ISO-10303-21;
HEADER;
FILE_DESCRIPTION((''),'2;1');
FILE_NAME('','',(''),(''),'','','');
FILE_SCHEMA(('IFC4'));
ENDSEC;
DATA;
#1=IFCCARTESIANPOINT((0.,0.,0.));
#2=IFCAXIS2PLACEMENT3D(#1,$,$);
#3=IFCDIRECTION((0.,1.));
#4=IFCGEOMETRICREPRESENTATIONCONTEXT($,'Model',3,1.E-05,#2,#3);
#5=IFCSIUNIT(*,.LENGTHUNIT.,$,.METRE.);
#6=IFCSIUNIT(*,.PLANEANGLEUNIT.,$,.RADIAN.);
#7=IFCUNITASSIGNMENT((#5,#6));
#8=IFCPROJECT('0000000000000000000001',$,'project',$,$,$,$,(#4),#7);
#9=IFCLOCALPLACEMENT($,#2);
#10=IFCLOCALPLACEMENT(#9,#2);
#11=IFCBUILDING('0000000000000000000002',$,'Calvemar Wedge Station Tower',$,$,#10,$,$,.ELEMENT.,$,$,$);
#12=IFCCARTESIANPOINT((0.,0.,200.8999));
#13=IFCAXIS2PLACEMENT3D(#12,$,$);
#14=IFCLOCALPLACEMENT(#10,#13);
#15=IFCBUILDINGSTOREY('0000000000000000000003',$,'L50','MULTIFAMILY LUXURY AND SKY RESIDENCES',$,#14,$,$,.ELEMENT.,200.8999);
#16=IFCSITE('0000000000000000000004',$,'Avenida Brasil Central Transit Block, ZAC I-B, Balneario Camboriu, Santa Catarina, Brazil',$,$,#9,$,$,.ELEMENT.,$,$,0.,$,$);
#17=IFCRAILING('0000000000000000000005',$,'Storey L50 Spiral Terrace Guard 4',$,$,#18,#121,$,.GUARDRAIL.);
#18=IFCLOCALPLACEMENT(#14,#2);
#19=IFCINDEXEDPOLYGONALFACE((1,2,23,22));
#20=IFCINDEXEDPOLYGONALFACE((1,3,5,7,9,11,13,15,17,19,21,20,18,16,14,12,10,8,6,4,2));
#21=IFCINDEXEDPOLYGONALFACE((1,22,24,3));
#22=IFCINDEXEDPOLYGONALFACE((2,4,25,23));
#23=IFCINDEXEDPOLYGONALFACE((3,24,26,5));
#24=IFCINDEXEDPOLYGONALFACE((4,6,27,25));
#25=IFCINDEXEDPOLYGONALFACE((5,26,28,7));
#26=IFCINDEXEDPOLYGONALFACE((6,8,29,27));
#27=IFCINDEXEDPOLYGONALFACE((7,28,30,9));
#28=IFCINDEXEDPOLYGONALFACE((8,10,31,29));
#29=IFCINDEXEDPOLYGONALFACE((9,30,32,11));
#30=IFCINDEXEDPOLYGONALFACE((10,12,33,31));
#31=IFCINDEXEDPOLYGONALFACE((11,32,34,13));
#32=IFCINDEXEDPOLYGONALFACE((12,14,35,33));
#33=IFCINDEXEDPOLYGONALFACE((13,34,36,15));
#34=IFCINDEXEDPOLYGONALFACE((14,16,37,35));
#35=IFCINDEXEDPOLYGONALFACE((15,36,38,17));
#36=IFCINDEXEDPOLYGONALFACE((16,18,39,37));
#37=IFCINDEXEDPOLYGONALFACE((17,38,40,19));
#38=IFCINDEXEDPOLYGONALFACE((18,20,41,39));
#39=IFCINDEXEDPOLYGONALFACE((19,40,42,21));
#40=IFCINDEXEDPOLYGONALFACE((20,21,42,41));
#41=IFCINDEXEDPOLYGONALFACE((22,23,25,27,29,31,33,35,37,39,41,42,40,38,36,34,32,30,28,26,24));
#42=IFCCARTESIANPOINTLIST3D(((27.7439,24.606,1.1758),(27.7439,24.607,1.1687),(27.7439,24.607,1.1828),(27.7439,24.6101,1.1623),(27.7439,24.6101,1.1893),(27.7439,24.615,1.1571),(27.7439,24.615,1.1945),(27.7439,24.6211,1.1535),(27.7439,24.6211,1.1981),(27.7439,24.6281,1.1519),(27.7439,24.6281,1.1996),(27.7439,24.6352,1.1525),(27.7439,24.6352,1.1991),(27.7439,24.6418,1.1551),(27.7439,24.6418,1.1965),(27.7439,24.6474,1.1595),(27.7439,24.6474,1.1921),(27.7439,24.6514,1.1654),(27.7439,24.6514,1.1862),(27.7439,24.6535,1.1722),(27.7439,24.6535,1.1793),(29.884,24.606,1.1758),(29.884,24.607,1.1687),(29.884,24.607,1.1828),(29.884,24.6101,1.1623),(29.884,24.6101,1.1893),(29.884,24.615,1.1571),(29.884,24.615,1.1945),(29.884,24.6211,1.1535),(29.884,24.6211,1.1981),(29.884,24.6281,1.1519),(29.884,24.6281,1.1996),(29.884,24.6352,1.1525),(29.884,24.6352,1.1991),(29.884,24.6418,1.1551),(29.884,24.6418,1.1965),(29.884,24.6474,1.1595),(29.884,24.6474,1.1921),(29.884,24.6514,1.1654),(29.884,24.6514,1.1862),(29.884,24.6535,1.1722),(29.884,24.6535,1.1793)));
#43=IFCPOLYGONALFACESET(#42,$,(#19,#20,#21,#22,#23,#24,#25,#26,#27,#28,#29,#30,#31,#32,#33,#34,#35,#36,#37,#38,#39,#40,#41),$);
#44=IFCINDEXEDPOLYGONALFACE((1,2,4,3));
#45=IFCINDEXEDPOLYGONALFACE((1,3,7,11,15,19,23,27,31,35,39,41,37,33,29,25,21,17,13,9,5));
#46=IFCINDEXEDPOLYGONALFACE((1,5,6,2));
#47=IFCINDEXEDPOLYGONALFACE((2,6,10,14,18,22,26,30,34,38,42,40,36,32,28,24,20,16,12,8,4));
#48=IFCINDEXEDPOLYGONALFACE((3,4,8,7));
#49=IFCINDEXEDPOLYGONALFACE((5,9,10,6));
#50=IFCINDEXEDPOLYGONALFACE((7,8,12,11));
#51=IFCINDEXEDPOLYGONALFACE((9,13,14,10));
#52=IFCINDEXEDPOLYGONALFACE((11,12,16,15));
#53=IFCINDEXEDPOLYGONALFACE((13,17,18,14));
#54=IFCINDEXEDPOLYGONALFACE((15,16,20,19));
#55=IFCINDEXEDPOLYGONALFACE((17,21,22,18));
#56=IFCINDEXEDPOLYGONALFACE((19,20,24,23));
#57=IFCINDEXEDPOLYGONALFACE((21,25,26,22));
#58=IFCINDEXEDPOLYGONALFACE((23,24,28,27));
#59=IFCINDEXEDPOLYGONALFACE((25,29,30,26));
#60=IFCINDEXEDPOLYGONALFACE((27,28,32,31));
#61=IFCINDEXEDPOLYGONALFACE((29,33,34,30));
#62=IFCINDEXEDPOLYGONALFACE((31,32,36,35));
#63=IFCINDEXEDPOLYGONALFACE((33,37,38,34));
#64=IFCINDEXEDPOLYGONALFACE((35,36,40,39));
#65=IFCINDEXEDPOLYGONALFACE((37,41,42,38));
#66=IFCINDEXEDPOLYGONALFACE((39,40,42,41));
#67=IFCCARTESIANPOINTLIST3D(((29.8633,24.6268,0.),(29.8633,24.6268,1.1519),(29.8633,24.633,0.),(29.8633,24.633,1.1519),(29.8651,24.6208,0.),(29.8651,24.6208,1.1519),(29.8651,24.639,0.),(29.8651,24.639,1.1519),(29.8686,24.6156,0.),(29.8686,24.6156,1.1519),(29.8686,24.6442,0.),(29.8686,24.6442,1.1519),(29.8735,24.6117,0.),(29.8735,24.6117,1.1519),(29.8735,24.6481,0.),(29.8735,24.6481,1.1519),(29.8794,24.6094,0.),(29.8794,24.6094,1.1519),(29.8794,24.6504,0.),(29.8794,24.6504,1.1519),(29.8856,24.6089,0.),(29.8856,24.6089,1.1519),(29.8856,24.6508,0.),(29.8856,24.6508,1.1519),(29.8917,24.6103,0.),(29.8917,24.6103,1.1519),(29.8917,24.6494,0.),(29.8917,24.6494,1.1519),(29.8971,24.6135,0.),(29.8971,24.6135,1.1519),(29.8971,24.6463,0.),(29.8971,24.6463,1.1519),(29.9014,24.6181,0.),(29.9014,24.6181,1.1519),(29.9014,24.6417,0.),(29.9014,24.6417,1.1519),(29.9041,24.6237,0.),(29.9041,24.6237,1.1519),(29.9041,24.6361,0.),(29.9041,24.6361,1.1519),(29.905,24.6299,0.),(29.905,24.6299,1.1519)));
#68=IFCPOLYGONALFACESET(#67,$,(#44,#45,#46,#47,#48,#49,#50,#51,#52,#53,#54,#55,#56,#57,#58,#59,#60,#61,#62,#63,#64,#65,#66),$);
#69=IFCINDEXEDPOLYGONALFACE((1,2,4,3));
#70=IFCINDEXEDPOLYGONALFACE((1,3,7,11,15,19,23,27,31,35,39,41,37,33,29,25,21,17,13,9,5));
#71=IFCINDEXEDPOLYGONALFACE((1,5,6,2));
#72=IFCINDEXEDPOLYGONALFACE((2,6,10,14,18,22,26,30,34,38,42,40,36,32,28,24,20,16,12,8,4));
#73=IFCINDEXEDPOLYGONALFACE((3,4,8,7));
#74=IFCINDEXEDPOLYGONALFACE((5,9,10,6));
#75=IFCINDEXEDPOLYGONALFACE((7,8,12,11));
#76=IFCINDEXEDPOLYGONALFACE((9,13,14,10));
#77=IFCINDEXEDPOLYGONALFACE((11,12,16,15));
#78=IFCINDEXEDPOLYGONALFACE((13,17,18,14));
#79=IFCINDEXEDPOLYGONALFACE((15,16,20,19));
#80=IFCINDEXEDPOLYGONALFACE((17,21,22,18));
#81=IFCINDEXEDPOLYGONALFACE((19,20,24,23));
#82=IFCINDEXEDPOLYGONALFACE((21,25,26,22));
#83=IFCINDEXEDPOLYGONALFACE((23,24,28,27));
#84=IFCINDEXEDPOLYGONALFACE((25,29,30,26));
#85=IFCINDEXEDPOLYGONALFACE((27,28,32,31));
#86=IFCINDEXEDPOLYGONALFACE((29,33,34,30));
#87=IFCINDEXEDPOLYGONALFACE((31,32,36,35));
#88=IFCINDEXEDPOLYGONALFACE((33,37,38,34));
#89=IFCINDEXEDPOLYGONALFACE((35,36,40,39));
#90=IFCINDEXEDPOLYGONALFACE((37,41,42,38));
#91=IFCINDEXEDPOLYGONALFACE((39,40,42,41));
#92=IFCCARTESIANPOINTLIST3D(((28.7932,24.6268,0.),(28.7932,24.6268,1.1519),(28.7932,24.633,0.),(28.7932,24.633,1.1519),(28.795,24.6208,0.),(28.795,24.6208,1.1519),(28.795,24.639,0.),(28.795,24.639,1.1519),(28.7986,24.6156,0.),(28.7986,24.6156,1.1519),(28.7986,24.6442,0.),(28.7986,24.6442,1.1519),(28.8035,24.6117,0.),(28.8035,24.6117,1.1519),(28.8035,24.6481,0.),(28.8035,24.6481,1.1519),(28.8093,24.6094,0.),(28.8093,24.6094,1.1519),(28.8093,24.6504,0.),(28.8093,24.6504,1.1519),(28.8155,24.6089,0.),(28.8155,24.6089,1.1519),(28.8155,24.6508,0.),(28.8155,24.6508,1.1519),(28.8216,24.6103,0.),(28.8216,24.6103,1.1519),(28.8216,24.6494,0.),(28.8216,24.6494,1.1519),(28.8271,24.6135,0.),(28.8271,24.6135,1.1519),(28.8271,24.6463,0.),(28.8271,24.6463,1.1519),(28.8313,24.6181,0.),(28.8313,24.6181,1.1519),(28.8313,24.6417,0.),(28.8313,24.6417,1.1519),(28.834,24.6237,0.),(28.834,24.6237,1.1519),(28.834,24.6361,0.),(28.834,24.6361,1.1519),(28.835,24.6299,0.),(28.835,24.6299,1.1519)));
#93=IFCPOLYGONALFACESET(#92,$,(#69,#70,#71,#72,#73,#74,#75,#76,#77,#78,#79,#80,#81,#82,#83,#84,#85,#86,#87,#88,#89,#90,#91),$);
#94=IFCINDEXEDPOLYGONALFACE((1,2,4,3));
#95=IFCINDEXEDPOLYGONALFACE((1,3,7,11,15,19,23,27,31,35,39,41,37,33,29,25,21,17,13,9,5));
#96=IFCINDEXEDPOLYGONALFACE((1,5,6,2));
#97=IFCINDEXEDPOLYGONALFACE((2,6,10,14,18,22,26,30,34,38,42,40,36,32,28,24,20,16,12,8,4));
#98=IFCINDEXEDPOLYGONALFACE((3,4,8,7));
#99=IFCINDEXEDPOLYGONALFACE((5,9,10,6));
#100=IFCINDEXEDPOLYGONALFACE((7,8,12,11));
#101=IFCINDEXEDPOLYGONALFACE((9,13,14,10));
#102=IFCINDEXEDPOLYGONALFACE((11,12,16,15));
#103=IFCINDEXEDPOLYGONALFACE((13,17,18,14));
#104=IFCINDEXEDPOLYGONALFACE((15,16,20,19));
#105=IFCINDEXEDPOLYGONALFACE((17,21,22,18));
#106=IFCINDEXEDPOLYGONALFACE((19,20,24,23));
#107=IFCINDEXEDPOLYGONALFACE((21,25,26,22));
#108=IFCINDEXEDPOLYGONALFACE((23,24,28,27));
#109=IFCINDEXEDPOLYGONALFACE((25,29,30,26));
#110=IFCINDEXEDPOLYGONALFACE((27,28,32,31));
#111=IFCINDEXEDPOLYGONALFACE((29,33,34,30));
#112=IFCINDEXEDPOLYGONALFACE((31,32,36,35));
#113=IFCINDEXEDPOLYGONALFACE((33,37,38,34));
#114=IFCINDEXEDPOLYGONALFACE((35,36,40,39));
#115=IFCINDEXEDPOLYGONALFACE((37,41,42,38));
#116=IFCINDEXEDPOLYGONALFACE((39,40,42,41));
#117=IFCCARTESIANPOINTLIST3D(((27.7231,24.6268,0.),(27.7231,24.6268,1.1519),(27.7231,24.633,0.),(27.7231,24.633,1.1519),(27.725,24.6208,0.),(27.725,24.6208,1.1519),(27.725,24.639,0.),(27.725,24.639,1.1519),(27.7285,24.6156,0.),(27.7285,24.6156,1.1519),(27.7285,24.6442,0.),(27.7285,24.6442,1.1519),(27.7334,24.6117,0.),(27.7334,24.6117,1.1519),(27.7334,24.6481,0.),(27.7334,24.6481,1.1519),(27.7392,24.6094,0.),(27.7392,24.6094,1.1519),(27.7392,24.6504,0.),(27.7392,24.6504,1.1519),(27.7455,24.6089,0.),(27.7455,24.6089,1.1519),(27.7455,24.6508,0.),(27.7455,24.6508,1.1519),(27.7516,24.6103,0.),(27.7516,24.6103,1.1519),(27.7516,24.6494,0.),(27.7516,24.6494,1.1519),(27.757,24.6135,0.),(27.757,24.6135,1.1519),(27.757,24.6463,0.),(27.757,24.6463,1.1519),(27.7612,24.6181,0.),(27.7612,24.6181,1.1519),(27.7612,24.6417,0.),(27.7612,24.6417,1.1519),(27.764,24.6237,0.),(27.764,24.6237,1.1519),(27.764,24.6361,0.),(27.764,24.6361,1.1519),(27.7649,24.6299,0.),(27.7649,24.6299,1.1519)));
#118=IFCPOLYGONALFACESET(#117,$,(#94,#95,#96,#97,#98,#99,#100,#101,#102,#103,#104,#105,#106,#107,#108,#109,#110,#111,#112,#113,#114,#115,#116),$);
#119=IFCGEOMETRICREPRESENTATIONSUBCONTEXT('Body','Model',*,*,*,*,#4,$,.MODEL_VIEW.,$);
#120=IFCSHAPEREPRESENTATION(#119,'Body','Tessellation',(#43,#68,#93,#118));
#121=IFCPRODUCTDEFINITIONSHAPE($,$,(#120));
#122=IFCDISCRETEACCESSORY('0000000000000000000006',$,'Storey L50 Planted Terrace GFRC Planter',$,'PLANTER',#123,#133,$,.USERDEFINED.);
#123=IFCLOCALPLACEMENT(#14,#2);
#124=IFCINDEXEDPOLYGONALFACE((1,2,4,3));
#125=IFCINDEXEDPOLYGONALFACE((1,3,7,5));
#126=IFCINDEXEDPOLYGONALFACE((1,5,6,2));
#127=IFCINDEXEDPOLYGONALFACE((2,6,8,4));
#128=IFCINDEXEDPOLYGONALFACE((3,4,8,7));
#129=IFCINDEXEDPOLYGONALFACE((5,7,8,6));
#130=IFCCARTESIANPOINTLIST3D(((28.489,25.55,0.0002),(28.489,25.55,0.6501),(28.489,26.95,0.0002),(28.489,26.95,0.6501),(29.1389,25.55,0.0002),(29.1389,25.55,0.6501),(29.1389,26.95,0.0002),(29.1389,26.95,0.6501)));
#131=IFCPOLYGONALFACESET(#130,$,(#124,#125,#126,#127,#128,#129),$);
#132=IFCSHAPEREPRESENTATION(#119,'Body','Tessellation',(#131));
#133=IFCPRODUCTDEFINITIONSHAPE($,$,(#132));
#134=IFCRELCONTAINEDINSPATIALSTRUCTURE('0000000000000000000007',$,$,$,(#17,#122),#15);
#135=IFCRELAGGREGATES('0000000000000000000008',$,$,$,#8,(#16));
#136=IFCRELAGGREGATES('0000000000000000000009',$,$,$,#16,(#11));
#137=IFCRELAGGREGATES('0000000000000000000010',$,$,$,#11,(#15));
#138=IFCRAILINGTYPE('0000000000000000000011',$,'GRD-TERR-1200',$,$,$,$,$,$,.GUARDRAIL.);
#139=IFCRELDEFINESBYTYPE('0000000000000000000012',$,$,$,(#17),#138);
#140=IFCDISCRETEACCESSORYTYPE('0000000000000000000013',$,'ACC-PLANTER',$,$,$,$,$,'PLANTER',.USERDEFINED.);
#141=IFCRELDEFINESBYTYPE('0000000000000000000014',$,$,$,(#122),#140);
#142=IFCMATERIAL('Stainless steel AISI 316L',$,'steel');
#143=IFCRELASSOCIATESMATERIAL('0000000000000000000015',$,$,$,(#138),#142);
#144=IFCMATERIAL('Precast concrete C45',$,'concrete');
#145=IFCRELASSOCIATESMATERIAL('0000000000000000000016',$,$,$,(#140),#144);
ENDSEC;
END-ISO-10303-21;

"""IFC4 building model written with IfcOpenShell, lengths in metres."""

from ifc_helpers import new_model, si_unit, direction, frame, origin, origin_2d, place, context, subcontext, project, spatial, rectangle, circle, extrude, source, transform, mapped, material, type_object, element, save


model = new_model("IFC4")

# Units and contexts
model_context = context("Model", 3, precision=1e-05, world=origin(), true_north=direction((0.0, 1.0)))
body_context = subcontext(model_context, "Body", "Model", "MODEL_VIEW")
ifc_project = project(units=[si_unit("LENGTHUNIT", "METRE"), si_unit("PLANEANGLEUNIT", "RADIAN")], contexts=[model_context])

# Site, building, storey
site_placement = place(None, origin())
site = spatial("IfcSite", under=ifc_project, at=site_placement, Name="Avenida Brasil Central Transit Block, ZAC I-B, Balneario Camboriu, Santa Catarina, Brazil", CompositionType="ELEMENT", RefElevation=0.0)
building_placement = place(site_placement, origin())
building = spatial("IfcBuilding", under=site, at=building_placement, Name="Calvemar Wedge Station Tower", CompositionType="ELEMENT")
storey_placement = place(building_placement, frame((0.0, 0.0, 200.8999)))
storey = spatial("IfcBuildingStorey", under=building, at=storey_placement, Name="L50", Description="MULTIFAMILY LUXURY AND SKY RESIDENCES", CompositionType="ELEMENT", Elevation=200.8999)

# Shared definitions
ifc_material_1 = material(Name="Precast concrete C45", Category="concrete")

# Railing
ifc_material_2 = material(Name="Stainless steel AISI 316L", Category="steel")
railing_type = type_object("IfcRailingType", Name="GRD-TERR-1200", PredefinedType="GUARDRAIL", material=ifc_material_2)
railing_1_placement = place(storey_placement, frame((29.884, 24.6299, 0.0)))
element("IfcRailing", 1, at=railing_1_placement, inside=storey, type_object=railing_type, Name="Storey L50 Spiral Terrace Guard 4", PredefinedType="GUARDRAIL", context=body_context, shape_type="SweptSolid", body=[
    extrude(circle(Radius=0.0239, at=origin_2d()), frame((0.0, 0.0, 1.1758), z_axis=(-1.0, 0.0, 0.0), x_axis=(0.0, -1.0, 0.0)), (0.0, 0.0, 1.0), 2.1401),
    extrude(circle(Radius=0.021, at=origin_2d()), origin(), (0.0, 0.0, 1.0), 1.1519),
    extrude(circle(Radius=0.021, at=origin_2d()), frame((-1.0701, 0.0, 0.0)), (0.0, 0.0, 1.0), 1.1519),
    extrude(circle(Radius=0.021, at=origin_2d()), frame((-2.1401, 0.0, 0.0)), (0.0, 0.0, 1.0), 1.1519),
])

# Discrete accessory
discrete_accessory_type = type_object("IfcDiscreteAccessoryType", Name="ACC-PLANTER", ElementType="PLANTER", PredefinedType="USERDEFINED", material=ifc_material_1)
shared_shape_1 = source(origin(), body_context, "Body", "SweptSolid", [
    extrude(rectangle(XDim=0.6499, YDim=1.3999, at=origin_2d()), origin(), (0.0, 0.0, 1.0), 0.6499),
])
discrete_accessory_placement = place(storey_placement, frame((28.814, 26.25, 0.0002), z_axis=(0.0, 0.0, 1.0), x_axis=(1.0, 0.0, 0.0)))
element("IfcDiscreteAccessory", 2, at=discrete_accessory_placement, inside=storey, type_object=discrete_accessory_type, Name="Storey L50 Planted Terrace GFRC Planter", ObjectType="PLANTER", PredefinedType="USERDEFINED", context=body_context, shape_type="MappedRepresentation", body=[
    mapped(shared_shape_1, transform((0.0, 0.0, 0.0), scale=1.0)),
])

save(model, "model.ifc")
